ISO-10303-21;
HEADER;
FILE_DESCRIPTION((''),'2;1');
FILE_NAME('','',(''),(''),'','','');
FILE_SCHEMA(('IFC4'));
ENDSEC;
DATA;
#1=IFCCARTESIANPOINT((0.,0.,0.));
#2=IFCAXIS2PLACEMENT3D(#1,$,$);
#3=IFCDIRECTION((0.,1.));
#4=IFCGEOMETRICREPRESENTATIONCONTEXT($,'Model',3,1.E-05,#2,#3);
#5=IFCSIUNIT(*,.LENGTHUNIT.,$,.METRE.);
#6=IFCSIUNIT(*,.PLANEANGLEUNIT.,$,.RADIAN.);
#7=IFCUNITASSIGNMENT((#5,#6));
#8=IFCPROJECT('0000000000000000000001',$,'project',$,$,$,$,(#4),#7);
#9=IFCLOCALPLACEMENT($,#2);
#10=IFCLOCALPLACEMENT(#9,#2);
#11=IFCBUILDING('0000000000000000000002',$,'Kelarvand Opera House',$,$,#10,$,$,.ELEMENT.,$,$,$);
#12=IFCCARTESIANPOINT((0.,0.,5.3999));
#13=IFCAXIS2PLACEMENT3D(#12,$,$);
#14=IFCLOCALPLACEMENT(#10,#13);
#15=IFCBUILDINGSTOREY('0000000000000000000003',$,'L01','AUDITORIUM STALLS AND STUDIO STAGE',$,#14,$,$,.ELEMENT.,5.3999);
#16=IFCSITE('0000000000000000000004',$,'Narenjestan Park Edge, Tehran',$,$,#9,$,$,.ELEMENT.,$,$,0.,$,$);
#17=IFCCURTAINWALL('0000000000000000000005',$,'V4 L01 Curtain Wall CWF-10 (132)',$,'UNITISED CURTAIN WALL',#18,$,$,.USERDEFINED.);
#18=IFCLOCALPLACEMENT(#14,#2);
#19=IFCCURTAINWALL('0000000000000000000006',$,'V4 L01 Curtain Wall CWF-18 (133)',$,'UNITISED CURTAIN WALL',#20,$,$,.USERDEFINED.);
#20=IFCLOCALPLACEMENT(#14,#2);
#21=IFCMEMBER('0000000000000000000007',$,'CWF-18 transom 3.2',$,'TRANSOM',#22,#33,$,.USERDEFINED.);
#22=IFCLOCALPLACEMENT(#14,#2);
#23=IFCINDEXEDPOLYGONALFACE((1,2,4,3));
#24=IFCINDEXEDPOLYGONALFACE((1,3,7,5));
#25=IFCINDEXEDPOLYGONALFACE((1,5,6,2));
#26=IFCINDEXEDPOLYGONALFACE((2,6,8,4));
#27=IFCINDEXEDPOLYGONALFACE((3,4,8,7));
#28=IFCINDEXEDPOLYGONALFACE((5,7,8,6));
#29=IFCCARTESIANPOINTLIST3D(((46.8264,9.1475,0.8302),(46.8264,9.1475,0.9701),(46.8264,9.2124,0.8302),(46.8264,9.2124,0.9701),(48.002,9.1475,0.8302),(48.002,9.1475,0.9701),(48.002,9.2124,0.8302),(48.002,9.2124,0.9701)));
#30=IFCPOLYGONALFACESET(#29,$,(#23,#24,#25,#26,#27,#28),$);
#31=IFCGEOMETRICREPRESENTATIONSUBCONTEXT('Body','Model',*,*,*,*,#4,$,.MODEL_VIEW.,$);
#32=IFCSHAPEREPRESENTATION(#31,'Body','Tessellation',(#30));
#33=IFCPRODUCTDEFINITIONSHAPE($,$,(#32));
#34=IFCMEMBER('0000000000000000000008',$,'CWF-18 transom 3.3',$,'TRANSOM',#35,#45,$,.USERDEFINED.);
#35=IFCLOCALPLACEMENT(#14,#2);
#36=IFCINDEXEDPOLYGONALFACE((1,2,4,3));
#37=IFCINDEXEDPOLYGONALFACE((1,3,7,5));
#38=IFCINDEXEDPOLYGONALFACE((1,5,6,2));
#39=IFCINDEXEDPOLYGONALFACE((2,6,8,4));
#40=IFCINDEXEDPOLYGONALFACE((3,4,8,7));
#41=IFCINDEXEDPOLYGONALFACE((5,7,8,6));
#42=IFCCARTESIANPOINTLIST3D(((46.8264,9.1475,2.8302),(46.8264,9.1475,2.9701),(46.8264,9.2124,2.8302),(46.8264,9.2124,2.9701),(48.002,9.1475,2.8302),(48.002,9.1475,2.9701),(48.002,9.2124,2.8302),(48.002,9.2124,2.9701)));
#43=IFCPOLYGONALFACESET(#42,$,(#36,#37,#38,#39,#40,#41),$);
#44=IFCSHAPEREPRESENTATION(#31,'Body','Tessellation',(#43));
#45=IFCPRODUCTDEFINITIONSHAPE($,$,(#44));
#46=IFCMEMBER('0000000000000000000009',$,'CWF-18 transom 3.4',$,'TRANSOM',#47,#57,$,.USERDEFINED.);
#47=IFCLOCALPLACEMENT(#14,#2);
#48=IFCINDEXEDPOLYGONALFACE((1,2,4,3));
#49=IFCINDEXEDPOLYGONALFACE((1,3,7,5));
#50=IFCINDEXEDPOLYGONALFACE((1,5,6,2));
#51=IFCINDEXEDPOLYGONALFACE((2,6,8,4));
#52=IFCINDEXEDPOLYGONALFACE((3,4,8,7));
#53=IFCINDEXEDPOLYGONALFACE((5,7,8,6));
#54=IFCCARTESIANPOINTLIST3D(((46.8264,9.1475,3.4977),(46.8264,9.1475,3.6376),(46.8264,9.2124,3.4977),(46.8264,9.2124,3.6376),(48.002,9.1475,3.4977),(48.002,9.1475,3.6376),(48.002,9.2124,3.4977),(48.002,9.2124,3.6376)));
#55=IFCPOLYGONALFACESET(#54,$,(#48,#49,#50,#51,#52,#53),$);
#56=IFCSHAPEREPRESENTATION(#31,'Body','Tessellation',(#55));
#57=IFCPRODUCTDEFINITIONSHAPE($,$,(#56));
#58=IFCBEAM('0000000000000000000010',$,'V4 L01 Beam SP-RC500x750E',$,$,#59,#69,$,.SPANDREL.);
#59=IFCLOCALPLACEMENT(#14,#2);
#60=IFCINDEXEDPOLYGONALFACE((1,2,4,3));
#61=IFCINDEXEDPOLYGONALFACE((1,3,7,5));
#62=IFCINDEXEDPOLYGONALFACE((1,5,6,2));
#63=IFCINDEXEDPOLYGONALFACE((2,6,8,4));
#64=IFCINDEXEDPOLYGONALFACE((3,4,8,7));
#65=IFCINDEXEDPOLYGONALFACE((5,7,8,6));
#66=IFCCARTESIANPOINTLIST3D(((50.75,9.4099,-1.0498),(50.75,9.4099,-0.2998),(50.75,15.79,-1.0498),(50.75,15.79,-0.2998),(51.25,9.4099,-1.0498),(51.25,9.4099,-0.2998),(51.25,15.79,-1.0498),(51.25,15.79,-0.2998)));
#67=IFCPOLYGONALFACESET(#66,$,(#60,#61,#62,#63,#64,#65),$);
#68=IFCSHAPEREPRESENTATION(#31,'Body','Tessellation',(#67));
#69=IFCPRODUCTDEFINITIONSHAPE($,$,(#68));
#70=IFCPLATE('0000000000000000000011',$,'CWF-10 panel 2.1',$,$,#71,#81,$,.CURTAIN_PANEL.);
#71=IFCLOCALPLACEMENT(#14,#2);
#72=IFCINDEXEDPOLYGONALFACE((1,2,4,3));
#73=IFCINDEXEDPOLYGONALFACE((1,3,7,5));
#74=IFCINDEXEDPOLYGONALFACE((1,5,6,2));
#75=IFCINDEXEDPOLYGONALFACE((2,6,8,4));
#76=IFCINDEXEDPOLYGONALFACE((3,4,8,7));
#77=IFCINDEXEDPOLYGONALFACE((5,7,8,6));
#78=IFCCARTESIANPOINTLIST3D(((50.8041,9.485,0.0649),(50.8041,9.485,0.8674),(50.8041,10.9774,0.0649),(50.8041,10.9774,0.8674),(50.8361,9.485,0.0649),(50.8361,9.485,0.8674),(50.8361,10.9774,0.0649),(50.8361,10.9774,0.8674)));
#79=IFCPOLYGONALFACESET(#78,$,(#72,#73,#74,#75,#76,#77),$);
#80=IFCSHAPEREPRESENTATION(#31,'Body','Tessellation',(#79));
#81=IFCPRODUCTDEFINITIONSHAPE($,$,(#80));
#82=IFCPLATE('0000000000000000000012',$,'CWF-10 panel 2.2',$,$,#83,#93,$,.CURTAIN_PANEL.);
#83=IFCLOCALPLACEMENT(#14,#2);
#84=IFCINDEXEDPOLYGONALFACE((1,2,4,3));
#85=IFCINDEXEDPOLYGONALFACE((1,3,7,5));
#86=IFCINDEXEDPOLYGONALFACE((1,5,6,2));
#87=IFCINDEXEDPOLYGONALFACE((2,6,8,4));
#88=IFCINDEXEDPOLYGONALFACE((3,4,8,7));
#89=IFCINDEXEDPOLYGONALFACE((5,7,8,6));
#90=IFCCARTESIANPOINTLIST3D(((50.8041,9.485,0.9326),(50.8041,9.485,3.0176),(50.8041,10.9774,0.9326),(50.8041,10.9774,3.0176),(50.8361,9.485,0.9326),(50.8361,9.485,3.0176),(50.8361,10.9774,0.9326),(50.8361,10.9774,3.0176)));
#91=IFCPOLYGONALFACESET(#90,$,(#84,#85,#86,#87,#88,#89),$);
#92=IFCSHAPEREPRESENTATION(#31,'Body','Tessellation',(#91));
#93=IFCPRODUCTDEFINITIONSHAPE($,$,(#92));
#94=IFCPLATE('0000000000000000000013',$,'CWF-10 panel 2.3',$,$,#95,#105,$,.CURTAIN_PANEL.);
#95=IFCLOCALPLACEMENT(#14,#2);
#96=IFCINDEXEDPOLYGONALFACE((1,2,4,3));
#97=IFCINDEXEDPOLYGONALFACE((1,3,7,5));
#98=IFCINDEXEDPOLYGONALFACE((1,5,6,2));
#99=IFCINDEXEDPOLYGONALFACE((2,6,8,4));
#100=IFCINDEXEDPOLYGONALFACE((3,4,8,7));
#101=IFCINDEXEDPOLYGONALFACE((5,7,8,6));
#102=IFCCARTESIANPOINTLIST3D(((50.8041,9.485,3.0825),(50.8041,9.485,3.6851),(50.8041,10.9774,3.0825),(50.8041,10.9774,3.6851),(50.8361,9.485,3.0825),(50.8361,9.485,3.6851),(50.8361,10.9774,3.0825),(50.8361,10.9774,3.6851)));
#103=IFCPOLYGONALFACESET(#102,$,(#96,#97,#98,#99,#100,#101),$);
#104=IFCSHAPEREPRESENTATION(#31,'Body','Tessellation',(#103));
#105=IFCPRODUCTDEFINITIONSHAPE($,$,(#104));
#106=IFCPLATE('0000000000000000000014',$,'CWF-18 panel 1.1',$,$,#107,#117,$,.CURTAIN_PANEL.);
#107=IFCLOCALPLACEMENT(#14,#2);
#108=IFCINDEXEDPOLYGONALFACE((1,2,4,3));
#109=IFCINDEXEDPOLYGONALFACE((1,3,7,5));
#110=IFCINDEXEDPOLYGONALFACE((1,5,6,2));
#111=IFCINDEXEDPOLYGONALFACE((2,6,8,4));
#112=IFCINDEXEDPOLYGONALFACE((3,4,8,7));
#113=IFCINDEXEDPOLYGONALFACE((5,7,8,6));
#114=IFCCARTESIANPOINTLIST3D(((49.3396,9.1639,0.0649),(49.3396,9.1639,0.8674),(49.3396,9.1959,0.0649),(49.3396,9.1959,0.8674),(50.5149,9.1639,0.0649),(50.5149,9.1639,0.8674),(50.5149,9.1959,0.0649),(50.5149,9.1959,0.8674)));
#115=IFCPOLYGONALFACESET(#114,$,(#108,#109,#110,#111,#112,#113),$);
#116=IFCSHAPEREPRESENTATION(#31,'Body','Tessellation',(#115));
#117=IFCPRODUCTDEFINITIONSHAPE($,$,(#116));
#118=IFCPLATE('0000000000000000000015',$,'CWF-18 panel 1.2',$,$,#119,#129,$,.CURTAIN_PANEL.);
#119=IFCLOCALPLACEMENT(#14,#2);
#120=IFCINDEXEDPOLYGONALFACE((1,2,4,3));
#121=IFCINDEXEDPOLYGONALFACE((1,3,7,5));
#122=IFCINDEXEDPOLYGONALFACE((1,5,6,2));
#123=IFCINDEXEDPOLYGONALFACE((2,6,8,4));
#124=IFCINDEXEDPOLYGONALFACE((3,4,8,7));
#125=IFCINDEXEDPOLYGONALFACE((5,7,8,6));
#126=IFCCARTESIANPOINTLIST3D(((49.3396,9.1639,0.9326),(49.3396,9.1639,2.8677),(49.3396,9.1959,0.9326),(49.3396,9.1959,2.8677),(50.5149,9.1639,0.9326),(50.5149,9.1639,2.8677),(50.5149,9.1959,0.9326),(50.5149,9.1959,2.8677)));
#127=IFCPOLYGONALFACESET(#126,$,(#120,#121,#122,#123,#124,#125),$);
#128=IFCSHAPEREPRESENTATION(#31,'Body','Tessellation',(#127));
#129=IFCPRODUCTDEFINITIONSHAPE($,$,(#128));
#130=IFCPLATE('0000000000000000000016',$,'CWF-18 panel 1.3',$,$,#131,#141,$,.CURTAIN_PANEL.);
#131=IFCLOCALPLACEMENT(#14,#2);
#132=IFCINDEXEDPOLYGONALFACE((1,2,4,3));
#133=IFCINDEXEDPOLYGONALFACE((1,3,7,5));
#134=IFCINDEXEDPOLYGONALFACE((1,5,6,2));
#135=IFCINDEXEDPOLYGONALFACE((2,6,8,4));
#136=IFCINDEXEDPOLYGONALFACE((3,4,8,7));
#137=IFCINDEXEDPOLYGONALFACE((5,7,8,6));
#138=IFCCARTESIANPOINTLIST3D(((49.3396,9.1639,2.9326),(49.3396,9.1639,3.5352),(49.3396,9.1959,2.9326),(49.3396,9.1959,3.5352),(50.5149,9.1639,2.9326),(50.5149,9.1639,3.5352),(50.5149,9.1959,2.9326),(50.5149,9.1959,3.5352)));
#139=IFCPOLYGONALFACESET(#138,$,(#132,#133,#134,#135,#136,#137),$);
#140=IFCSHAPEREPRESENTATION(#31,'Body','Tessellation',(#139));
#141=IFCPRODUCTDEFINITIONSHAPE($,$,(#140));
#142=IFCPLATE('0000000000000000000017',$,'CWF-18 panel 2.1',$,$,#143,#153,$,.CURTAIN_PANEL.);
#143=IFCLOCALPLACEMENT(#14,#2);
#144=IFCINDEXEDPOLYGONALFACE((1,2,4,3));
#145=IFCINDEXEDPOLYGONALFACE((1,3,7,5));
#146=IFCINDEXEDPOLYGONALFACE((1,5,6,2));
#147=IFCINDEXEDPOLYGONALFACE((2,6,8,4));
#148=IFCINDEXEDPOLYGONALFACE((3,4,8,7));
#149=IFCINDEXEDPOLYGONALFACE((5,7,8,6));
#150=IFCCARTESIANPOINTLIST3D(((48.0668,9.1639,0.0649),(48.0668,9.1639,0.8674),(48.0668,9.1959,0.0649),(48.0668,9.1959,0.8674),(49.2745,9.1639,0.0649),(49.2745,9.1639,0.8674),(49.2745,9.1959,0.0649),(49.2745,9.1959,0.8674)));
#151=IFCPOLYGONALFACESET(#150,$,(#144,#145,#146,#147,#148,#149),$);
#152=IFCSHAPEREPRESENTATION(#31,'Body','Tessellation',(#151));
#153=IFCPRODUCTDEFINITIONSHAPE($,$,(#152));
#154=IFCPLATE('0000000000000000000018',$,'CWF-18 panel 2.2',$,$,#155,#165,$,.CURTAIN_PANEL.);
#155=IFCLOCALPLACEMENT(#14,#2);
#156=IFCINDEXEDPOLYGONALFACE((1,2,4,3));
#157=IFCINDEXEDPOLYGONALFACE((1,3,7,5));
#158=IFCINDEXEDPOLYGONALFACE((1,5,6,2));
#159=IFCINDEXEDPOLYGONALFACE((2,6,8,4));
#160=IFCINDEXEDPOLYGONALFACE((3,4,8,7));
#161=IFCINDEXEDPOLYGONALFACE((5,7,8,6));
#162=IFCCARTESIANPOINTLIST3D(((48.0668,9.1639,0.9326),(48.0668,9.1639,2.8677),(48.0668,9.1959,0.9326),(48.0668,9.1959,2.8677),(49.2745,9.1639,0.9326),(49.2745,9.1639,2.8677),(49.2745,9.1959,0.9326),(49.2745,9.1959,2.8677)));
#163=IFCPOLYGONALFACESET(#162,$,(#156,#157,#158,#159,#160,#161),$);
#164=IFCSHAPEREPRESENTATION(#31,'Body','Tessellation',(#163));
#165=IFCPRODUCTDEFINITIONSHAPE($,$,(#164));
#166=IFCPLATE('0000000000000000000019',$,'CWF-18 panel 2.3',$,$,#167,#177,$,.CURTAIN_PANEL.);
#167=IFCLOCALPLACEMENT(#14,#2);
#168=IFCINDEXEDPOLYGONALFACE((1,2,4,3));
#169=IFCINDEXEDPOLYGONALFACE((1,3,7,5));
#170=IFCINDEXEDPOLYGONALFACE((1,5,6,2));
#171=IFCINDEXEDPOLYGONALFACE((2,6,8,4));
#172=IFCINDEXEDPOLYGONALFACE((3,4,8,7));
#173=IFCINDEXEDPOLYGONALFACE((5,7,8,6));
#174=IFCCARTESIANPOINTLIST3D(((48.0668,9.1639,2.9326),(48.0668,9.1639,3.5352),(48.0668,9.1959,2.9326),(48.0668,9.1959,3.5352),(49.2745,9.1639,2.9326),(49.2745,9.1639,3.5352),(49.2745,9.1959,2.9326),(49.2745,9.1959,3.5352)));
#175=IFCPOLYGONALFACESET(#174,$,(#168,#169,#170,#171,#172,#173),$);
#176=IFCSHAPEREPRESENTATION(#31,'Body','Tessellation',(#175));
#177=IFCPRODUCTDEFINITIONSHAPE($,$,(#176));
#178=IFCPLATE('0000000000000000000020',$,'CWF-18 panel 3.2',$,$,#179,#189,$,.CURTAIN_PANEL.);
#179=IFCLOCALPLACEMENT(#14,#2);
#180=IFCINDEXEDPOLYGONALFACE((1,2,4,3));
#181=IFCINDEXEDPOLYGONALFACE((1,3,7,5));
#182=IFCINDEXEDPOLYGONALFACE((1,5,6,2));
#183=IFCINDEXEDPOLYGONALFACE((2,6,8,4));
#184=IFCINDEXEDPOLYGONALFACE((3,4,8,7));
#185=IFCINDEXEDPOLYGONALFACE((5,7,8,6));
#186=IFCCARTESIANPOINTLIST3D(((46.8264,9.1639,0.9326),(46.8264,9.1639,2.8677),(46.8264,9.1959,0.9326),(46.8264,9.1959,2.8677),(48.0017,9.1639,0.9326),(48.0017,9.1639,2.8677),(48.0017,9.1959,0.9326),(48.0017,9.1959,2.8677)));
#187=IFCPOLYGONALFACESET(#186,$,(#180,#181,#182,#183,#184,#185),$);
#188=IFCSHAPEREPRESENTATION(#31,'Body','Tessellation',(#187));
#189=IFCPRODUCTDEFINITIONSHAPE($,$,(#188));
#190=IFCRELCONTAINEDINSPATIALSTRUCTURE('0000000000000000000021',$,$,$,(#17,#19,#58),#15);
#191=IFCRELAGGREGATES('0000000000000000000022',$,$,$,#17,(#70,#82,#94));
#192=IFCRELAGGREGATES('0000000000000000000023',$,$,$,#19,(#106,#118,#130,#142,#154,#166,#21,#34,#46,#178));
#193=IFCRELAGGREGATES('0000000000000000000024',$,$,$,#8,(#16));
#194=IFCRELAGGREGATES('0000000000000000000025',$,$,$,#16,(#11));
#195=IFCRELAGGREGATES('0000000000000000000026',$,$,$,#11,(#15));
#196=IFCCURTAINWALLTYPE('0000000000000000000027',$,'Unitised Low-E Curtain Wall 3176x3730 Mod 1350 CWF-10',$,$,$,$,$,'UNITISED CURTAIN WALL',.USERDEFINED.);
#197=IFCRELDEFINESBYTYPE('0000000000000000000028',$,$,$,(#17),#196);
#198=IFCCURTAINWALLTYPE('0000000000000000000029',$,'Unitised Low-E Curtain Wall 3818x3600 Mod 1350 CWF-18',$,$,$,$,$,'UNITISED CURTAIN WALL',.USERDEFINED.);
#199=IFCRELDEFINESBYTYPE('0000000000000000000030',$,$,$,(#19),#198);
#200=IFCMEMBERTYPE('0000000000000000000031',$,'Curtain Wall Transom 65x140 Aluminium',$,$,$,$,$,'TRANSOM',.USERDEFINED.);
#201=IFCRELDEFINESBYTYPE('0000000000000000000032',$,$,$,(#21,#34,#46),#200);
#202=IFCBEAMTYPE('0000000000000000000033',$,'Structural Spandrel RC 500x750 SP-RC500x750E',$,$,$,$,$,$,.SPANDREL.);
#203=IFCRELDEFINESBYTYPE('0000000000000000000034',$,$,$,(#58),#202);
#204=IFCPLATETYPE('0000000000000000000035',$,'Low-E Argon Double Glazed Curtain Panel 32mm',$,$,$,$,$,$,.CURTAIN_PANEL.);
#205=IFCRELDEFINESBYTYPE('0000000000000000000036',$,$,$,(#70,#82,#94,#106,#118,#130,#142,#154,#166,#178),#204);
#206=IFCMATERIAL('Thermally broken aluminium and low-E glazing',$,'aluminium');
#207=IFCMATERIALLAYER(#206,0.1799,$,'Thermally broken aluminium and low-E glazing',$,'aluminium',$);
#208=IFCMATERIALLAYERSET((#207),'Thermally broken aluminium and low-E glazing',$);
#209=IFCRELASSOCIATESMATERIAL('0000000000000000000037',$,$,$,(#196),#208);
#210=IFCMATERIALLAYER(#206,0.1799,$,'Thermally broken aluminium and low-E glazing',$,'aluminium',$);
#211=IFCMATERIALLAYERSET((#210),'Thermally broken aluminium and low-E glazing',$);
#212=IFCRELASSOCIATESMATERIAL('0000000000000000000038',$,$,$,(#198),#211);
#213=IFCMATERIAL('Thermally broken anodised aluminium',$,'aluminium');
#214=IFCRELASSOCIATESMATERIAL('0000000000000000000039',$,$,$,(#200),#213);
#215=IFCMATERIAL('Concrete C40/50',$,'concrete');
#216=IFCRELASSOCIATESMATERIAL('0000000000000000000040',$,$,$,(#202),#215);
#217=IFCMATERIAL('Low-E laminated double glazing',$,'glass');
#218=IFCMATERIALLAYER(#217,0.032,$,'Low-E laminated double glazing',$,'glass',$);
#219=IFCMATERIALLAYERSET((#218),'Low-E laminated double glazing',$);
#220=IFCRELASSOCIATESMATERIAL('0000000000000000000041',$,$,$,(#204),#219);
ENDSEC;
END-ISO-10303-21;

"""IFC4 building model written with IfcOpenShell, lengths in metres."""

from ifc_helpers import new_model, si_unit, direction, frame, origin, origin_2d, place, context, subcontext, project, spatial, rectangle, extrude, material, layer, layer_set, material_profile, profile_set, type_object, element, aggregate, save


model = new_model("IFC4")

# Units and contexts
model_context = context("Model", 3, precision=1e-05, world=origin(), true_north=direction((0.0, 1.0)))
body_context = subcontext(model_context, "Body", "Model", "MODEL_VIEW")
ifc_project = project(units=[si_unit("LENGTHUNIT", "METRE"), si_unit("PLANEANGLEUNIT", "RADIAN")], contexts=[model_context])

# Site, building, storey
site_placement = place(None, origin())
site = spatial("IfcSite", under=ifc_project, at=site_placement, Name="Narenjestan Park Edge, Tehran", CompositionType="ELEMENT", RefElevation=0.0)
building_placement = place(site_placement, origin())
building = spatial("IfcBuilding", under=site, at=building_placement, Name="Kelarvand Opera House", CompositionType="ELEMENT")
storey_placement = place(building_placement, frame((0.0, 0.0, 5.3999)))
storey = spatial("IfcBuildingStorey", under=building, at=storey_placement, Name="L01", Description="AUDITORIUM STALLS AND STUDIO STAGE", CompositionType="ELEMENT", Elevation=5.3999)

# Shared definitions
ifc_material_1 = material(Name="Concrete C40/50", Category="concrete")

# Curtain wall
ifc_material_2 = material(Name="Thermally broken aluminium and low-E glazing", Category="aluminium")
ifc_layer_1 = layer(ifc_material_2, 0.1799, Name="Thermally broken aluminium and low-E glazing", Category="aluminium")
ifc_layer_set_1 = layer_set([ifc_layer_1], Name="Thermally broken aluminium and low-E glazing")
curtain_wall_type_1 = type_object("IfcCurtainWallType", Name="Unitised Low-E Curtain Wall 3176x3730 Mod 1350 CWF-10", ElementType="UNITISED CURTAIN WALL", PredefinedType="USERDEFINED", material=ifc_layer_set_1)
curtain_wall_1_placement = place(storey_placement, origin())
curtain_wall_1 = element("IfcCurtainWall", 1, at=curtain_wall_1_placement, inside=storey, type_object=curtain_wall_type_1, Name="V4 L01 Curtain Wall CWF-10 (132)", ObjectType="UNITISED CURTAIN WALL", PredefinedType="USERDEFINED")
ifc_material_3 = material(Name="Thermally broken anodised aluminium", Category="aluminium")

# Curtain wall, members
ifc_layer_2 = layer(ifc_material_2, 0.1799, Name="Thermally broken aluminium and low-E glazing", Category="aluminium")
ifc_layer_set_2 = layer_set([ifc_layer_2], Name="Thermally broken aluminium and low-E glazing")
curtain_wall_type_2 = type_object("IfcCurtainWallType", Name="Unitised Low-E Curtain Wall 3818x3600 Mod 1350 CWF-18", ElementType="UNITISED CURTAIN WALL", PredefinedType="USERDEFINED", material=ifc_layer_set_2)
curtain_wall_2_placement = place(storey_placement, origin())
curtain_wall_2 = element("IfcCurtainWall", 2, at=curtain_wall_2_placement, inside=storey, type_object=curtain_wall_type_2, Name="V4 L01 Curtain Wall CWF-18 (133)", ObjectType="UNITISED CURTAIN WALL", PredefinedType="USERDEFINED")
ifc_material_profile_1 = material_profile(ifc_material_3, rectangle(XDim=0.0649, YDim=0.1399, at=origin_2d()), Name="ALU TRANSOM 65x140", Category="aluminium")
ifc_profile_set_1 = profile_set([ifc_material_profile_1], Name="Thermally broken anodised aluminium")
member_type_1 = type_object("IfcMemberType", Name="Curtain Wall Transom 65x140 Aluminium", ElementType="TRANSOM", PredefinedType="USERDEFINED", material=ifc_profile_set_1)
member_1_placement = place(storey_placement, frame((48.002, 9.1799, 0.9001), z_axis=(-1.0, 0.0, 0.0), x_axis=(0.0, -1.0, 0.0)))
member_1 = element("IfcMember", 3, at=member_1_placement, type_object=member_type_1, Name="CWF-18 transom 3.2", ObjectType="TRANSOM", PredefinedType="USERDEFINED", context=body_context, shape_type="SweptSolid", body=[
    extrude(rectangle(XDim=0.0649, YDim=0.1399, at=origin_2d()), origin(), (0.0, 0.0, 1.0), 1.1755),
])
member_2_placement = place(storey_placement, frame((48.002, 9.1799, 2.9001), z_axis=(-1.0, 0.0, 0.0), x_axis=(0.0, -1.0, 0.0)))
member_2 = element("IfcMember", 4, at=member_2_placement, type_object=member_type_1, Name="CWF-18 transom 3.3", ObjectType="TRANSOM", PredefinedType="USERDEFINED", context=body_context, shape_type="SweptSolid", body=[
    extrude(rectangle(XDim=0.0649, YDim=0.1399, at=origin_2d()), origin(), (0.0, 0.0, 1.0), 1.1755),
])
member_3_placement = place(storey_placement, frame((48.002, 9.1799, 3.5676), z_axis=(-1.0, 0.0, 0.0), x_axis=(0.0, -1.0, 0.0)))
member_3 = element("IfcMember", 5, at=member_3_placement, type_object=member_type_1, Name="CWF-18 transom 3.4", ObjectType="TRANSOM", PredefinedType="USERDEFINED", context=body_context, shape_type="SweptSolid", body=[
    extrude(rectangle(XDim=0.0649, YDim=0.1399, at=origin_2d()), origin(), (0.0, 0.0, 1.0), 1.1755),
])

# Beam
ifc_material_profile_2 = material_profile(ifc_material_1, rectangle(XDim=0.5, YDim=0.75, at=origin_2d()), Name="RC 500x750", Category="concrete")
ifc_profile_set_2 = profile_set([ifc_material_profile_2], Name="Concrete C40/50")
beam_type = type_object("IfcBeamType", Name="Structural Spandrel RC 500x750 SP-RC500x750E", PredefinedType="SPANDREL", material=ifc_profile_set_2)
beam_placement = place(storey_placement, frame((51.0, 9.4099, -0.6748), z_axis=(0.0, 1.0, 0.0), x_axis=(-1.0, 0.0, 0.0)))
element("IfcBeam", 6, at=beam_placement, inside=storey, type_object=beam_type, Name="V4 L01 Beam SP-RC500x750E", PredefinedType="SPANDREL", context=body_context, shape_type="SweptSolid", body=[
    extrude(rectangle(XDim=0.5, YDim=0.75, at=origin_2d()), origin(), (0.0, 0.0, 1.0), 6.3801),
])

# Plates
ifc_material_4 = material(Name="Low-E laminated double glazing", Category="glass")
ifc_layer_3 = layer(ifc_material_4, 0.032, Name="Low-E laminated double glazing", Category="glass")
ifc_layer_set_3 = layer_set([ifc_layer_3], Name="Low-E laminated double glazing")
plate_type = type_object("IfcPlateType", Name="Low-E Argon Double Glazed Curtain Panel 32mm", PredefinedType="CURTAIN_PANEL", material=ifc_layer_set_3)
plate_1_placement = place(storey_placement, frame((50.8201, 10.2312, 0.0649), z_axis=(0.0, 0.0, 1.0), x_axis=(0.0, -1.0, 0.0)))
plate_1 = element("IfcPlate", 7, at=plate_1_placement, type_object=plate_type, Name="CWF-10 panel 2.1", PredefinedType="CURTAIN_PANEL", context=body_context, shape_type="SweptSolid", body=[
    extrude(rectangle(XDim=1.4924, YDim=0.032, at=origin_2d()), origin(), (0.0, 0.0, 1.0), 0.8025),
])
plate_2_placement = place(storey_placement, frame((50.8201, 10.2312, 0.9326), z_axis=(0.0, 0.0, 1.0), x_axis=(0.0, -1.0, 0.0)))
plate_2 = element("IfcPlate", 8, at=plate_2_placement, type_object=plate_type, Name="CWF-10 panel 2.2", PredefinedType="CURTAIN_PANEL", context=body_context, shape_type="SweptSolid", body=[
    extrude(rectangle(XDim=1.4924, YDim=0.032, at=origin_2d()), origin(), (0.0, 0.0, 1.0), 2.085),
])
plate_3_placement = place(storey_placement, frame((50.8201, 10.2312, 3.0825), z_axis=(0.0, 0.0, 1.0), x_axis=(0.0, -1.0, 0.0)))
plate_3 = element("IfcPlate", 9, at=plate_3_placement, type_object=plate_type, Name="CWF-10 panel 2.3", PredefinedType="CURTAIN_PANEL", context=body_context, shape_type="SweptSolid", body=[
    extrude(rectangle(XDim=1.4924, YDim=0.032, at=origin_2d()), origin(), (0.0, 0.0, 1.0), 0.6025),
])
aggregate(curtain_wall_1, [plate_1, plate_2, plate_3])
plate_4_placement = place(storey_placement, frame((49.9272, 9.1799, 0.0649), z_axis=(0.0, 0.0, 1.0), x_axis=(-1.0, 0.0, 0.0)))
plate_4 = element("IfcPlate", 10, at=plate_4_placement, type_object=plate_type, Name="CWF-18 panel 1.1", PredefinedType="CURTAIN_PANEL", context=body_context, shape_type="SweptSolid", body=[
    extrude(rectangle(XDim=1.1753, YDim=0.032, at=origin_2d()), origin(), (0.0, 0.0, 1.0), 0.8025),
])
plate_5_placement = place(storey_placement, frame((49.9272, 9.1799, 0.9326), z_axis=(0.0, 0.0, 1.0), x_axis=(-1.0, 0.0, 0.0)))
plate_5 = element("IfcPlate", 11, at=plate_5_placement, type_object=plate_type, Name="CWF-18 panel 1.2", PredefinedType="CURTAIN_PANEL", context=body_context, shape_type="SweptSolid", body=[
    extrude(rectangle(XDim=1.1753, YDim=0.032, at=origin_2d()), origin(), (0.0, 0.0, 1.0), 1.9351),
])
plate_6_placement = place(storey_placement, frame((49.9272, 9.1799, 2.9326), z_axis=(0.0, 0.0, 1.0), x_axis=(-1.0, 0.0, 0.0)))
plate_6 = element("IfcPlate", 12, at=plate_6_placement, type_object=plate_type, Name="CWF-18 panel 1.3", PredefinedType="CURTAIN_PANEL", context=body_context, shape_type="SweptSolid", body=[
    extrude(rectangle(XDim=1.1753, YDim=0.032, at=origin_2d()), origin(), (0.0, 0.0, 1.0), 0.6025),
])
plate_7_placement = place(storey_placement, frame((48.6707, 9.1799, 0.0649), z_axis=(0.0, 0.0, 1.0), x_axis=(-1.0, 0.0, 0.0)))
plate_7 = element("IfcPlate", 13, at=plate_7_placement, type_object=plate_type, Name="CWF-18 panel 2.1", PredefinedType="CURTAIN_PANEL", context=body_context, shape_type="SweptSolid", body=[
    extrude(rectangle(XDim=1.2078, YDim=0.032, at=origin_2d()), origin(), (0.0, 0.0, 1.0), 0.8025),
])
plate_8_placement = place(storey_placement, frame((48.6707, 9.1799, 0.9326), z_axis=(0.0, 0.0, 1.0), x_axis=(-1.0, 0.0, 0.0)))
plate_8 = element("IfcPlate", 14, at=plate_8_placement, type_object=plate_type, Name="CWF-18 panel 2.2", PredefinedType="CURTAIN_PANEL", context=body_context, shape_type="SweptSolid", body=[
    extrude(rectangle(XDim=1.2078, YDim=0.032, at=origin_2d()), origin(), (0.0, 0.0, 1.0), 1.9351),
])
plate_9_placement = place(storey_placement, frame((48.6707, 9.1799, 2.9326), z_axis=(0.0, 0.0, 1.0), x_axis=(-1.0, 0.0, 0.0)))
plate_9 = element("IfcPlate", 15, at=plate_9_placement, type_object=plate_type, Name="CWF-18 panel 2.3", PredefinedType="CURTAIN_PANEL", context=body_context, shape_type="SweptSolid", body=[
    extrude(rectangle(XDim=1.2078, YDim=0.032, at=origin_2d()), origin(), (0.0, 0.0, 1.0), 0.6025),
])
plate_10_placement = place(storey_placement, frame((47.4141, 9.1799, 0.9326), z_axis=(0.0, 0.0, 1.0), x_axis=(-1.0, 0.0, 0.0)))
plate_10 = element("IfcPlate", 16, at=plate_10_placement, type_object=plate_type, Name="CWF-18 panel 3.2", PredefinedType="CURTAIN_PANEL", context=body_context, shape_type="SweptSolid", body=[
    extrude(rectangle(XDim=1.1753, YDim=0.032, at=origin_2d()), origin(), (0.0, 0.0, 1.0), 1.9351),
])
aggregate(curtain_wall_2, [plate_4, plate_5, plate_6, plate_7, plate_8, plate_9, member_1, member_2, member_3, plate_10])

save(model, "model.ifc")
